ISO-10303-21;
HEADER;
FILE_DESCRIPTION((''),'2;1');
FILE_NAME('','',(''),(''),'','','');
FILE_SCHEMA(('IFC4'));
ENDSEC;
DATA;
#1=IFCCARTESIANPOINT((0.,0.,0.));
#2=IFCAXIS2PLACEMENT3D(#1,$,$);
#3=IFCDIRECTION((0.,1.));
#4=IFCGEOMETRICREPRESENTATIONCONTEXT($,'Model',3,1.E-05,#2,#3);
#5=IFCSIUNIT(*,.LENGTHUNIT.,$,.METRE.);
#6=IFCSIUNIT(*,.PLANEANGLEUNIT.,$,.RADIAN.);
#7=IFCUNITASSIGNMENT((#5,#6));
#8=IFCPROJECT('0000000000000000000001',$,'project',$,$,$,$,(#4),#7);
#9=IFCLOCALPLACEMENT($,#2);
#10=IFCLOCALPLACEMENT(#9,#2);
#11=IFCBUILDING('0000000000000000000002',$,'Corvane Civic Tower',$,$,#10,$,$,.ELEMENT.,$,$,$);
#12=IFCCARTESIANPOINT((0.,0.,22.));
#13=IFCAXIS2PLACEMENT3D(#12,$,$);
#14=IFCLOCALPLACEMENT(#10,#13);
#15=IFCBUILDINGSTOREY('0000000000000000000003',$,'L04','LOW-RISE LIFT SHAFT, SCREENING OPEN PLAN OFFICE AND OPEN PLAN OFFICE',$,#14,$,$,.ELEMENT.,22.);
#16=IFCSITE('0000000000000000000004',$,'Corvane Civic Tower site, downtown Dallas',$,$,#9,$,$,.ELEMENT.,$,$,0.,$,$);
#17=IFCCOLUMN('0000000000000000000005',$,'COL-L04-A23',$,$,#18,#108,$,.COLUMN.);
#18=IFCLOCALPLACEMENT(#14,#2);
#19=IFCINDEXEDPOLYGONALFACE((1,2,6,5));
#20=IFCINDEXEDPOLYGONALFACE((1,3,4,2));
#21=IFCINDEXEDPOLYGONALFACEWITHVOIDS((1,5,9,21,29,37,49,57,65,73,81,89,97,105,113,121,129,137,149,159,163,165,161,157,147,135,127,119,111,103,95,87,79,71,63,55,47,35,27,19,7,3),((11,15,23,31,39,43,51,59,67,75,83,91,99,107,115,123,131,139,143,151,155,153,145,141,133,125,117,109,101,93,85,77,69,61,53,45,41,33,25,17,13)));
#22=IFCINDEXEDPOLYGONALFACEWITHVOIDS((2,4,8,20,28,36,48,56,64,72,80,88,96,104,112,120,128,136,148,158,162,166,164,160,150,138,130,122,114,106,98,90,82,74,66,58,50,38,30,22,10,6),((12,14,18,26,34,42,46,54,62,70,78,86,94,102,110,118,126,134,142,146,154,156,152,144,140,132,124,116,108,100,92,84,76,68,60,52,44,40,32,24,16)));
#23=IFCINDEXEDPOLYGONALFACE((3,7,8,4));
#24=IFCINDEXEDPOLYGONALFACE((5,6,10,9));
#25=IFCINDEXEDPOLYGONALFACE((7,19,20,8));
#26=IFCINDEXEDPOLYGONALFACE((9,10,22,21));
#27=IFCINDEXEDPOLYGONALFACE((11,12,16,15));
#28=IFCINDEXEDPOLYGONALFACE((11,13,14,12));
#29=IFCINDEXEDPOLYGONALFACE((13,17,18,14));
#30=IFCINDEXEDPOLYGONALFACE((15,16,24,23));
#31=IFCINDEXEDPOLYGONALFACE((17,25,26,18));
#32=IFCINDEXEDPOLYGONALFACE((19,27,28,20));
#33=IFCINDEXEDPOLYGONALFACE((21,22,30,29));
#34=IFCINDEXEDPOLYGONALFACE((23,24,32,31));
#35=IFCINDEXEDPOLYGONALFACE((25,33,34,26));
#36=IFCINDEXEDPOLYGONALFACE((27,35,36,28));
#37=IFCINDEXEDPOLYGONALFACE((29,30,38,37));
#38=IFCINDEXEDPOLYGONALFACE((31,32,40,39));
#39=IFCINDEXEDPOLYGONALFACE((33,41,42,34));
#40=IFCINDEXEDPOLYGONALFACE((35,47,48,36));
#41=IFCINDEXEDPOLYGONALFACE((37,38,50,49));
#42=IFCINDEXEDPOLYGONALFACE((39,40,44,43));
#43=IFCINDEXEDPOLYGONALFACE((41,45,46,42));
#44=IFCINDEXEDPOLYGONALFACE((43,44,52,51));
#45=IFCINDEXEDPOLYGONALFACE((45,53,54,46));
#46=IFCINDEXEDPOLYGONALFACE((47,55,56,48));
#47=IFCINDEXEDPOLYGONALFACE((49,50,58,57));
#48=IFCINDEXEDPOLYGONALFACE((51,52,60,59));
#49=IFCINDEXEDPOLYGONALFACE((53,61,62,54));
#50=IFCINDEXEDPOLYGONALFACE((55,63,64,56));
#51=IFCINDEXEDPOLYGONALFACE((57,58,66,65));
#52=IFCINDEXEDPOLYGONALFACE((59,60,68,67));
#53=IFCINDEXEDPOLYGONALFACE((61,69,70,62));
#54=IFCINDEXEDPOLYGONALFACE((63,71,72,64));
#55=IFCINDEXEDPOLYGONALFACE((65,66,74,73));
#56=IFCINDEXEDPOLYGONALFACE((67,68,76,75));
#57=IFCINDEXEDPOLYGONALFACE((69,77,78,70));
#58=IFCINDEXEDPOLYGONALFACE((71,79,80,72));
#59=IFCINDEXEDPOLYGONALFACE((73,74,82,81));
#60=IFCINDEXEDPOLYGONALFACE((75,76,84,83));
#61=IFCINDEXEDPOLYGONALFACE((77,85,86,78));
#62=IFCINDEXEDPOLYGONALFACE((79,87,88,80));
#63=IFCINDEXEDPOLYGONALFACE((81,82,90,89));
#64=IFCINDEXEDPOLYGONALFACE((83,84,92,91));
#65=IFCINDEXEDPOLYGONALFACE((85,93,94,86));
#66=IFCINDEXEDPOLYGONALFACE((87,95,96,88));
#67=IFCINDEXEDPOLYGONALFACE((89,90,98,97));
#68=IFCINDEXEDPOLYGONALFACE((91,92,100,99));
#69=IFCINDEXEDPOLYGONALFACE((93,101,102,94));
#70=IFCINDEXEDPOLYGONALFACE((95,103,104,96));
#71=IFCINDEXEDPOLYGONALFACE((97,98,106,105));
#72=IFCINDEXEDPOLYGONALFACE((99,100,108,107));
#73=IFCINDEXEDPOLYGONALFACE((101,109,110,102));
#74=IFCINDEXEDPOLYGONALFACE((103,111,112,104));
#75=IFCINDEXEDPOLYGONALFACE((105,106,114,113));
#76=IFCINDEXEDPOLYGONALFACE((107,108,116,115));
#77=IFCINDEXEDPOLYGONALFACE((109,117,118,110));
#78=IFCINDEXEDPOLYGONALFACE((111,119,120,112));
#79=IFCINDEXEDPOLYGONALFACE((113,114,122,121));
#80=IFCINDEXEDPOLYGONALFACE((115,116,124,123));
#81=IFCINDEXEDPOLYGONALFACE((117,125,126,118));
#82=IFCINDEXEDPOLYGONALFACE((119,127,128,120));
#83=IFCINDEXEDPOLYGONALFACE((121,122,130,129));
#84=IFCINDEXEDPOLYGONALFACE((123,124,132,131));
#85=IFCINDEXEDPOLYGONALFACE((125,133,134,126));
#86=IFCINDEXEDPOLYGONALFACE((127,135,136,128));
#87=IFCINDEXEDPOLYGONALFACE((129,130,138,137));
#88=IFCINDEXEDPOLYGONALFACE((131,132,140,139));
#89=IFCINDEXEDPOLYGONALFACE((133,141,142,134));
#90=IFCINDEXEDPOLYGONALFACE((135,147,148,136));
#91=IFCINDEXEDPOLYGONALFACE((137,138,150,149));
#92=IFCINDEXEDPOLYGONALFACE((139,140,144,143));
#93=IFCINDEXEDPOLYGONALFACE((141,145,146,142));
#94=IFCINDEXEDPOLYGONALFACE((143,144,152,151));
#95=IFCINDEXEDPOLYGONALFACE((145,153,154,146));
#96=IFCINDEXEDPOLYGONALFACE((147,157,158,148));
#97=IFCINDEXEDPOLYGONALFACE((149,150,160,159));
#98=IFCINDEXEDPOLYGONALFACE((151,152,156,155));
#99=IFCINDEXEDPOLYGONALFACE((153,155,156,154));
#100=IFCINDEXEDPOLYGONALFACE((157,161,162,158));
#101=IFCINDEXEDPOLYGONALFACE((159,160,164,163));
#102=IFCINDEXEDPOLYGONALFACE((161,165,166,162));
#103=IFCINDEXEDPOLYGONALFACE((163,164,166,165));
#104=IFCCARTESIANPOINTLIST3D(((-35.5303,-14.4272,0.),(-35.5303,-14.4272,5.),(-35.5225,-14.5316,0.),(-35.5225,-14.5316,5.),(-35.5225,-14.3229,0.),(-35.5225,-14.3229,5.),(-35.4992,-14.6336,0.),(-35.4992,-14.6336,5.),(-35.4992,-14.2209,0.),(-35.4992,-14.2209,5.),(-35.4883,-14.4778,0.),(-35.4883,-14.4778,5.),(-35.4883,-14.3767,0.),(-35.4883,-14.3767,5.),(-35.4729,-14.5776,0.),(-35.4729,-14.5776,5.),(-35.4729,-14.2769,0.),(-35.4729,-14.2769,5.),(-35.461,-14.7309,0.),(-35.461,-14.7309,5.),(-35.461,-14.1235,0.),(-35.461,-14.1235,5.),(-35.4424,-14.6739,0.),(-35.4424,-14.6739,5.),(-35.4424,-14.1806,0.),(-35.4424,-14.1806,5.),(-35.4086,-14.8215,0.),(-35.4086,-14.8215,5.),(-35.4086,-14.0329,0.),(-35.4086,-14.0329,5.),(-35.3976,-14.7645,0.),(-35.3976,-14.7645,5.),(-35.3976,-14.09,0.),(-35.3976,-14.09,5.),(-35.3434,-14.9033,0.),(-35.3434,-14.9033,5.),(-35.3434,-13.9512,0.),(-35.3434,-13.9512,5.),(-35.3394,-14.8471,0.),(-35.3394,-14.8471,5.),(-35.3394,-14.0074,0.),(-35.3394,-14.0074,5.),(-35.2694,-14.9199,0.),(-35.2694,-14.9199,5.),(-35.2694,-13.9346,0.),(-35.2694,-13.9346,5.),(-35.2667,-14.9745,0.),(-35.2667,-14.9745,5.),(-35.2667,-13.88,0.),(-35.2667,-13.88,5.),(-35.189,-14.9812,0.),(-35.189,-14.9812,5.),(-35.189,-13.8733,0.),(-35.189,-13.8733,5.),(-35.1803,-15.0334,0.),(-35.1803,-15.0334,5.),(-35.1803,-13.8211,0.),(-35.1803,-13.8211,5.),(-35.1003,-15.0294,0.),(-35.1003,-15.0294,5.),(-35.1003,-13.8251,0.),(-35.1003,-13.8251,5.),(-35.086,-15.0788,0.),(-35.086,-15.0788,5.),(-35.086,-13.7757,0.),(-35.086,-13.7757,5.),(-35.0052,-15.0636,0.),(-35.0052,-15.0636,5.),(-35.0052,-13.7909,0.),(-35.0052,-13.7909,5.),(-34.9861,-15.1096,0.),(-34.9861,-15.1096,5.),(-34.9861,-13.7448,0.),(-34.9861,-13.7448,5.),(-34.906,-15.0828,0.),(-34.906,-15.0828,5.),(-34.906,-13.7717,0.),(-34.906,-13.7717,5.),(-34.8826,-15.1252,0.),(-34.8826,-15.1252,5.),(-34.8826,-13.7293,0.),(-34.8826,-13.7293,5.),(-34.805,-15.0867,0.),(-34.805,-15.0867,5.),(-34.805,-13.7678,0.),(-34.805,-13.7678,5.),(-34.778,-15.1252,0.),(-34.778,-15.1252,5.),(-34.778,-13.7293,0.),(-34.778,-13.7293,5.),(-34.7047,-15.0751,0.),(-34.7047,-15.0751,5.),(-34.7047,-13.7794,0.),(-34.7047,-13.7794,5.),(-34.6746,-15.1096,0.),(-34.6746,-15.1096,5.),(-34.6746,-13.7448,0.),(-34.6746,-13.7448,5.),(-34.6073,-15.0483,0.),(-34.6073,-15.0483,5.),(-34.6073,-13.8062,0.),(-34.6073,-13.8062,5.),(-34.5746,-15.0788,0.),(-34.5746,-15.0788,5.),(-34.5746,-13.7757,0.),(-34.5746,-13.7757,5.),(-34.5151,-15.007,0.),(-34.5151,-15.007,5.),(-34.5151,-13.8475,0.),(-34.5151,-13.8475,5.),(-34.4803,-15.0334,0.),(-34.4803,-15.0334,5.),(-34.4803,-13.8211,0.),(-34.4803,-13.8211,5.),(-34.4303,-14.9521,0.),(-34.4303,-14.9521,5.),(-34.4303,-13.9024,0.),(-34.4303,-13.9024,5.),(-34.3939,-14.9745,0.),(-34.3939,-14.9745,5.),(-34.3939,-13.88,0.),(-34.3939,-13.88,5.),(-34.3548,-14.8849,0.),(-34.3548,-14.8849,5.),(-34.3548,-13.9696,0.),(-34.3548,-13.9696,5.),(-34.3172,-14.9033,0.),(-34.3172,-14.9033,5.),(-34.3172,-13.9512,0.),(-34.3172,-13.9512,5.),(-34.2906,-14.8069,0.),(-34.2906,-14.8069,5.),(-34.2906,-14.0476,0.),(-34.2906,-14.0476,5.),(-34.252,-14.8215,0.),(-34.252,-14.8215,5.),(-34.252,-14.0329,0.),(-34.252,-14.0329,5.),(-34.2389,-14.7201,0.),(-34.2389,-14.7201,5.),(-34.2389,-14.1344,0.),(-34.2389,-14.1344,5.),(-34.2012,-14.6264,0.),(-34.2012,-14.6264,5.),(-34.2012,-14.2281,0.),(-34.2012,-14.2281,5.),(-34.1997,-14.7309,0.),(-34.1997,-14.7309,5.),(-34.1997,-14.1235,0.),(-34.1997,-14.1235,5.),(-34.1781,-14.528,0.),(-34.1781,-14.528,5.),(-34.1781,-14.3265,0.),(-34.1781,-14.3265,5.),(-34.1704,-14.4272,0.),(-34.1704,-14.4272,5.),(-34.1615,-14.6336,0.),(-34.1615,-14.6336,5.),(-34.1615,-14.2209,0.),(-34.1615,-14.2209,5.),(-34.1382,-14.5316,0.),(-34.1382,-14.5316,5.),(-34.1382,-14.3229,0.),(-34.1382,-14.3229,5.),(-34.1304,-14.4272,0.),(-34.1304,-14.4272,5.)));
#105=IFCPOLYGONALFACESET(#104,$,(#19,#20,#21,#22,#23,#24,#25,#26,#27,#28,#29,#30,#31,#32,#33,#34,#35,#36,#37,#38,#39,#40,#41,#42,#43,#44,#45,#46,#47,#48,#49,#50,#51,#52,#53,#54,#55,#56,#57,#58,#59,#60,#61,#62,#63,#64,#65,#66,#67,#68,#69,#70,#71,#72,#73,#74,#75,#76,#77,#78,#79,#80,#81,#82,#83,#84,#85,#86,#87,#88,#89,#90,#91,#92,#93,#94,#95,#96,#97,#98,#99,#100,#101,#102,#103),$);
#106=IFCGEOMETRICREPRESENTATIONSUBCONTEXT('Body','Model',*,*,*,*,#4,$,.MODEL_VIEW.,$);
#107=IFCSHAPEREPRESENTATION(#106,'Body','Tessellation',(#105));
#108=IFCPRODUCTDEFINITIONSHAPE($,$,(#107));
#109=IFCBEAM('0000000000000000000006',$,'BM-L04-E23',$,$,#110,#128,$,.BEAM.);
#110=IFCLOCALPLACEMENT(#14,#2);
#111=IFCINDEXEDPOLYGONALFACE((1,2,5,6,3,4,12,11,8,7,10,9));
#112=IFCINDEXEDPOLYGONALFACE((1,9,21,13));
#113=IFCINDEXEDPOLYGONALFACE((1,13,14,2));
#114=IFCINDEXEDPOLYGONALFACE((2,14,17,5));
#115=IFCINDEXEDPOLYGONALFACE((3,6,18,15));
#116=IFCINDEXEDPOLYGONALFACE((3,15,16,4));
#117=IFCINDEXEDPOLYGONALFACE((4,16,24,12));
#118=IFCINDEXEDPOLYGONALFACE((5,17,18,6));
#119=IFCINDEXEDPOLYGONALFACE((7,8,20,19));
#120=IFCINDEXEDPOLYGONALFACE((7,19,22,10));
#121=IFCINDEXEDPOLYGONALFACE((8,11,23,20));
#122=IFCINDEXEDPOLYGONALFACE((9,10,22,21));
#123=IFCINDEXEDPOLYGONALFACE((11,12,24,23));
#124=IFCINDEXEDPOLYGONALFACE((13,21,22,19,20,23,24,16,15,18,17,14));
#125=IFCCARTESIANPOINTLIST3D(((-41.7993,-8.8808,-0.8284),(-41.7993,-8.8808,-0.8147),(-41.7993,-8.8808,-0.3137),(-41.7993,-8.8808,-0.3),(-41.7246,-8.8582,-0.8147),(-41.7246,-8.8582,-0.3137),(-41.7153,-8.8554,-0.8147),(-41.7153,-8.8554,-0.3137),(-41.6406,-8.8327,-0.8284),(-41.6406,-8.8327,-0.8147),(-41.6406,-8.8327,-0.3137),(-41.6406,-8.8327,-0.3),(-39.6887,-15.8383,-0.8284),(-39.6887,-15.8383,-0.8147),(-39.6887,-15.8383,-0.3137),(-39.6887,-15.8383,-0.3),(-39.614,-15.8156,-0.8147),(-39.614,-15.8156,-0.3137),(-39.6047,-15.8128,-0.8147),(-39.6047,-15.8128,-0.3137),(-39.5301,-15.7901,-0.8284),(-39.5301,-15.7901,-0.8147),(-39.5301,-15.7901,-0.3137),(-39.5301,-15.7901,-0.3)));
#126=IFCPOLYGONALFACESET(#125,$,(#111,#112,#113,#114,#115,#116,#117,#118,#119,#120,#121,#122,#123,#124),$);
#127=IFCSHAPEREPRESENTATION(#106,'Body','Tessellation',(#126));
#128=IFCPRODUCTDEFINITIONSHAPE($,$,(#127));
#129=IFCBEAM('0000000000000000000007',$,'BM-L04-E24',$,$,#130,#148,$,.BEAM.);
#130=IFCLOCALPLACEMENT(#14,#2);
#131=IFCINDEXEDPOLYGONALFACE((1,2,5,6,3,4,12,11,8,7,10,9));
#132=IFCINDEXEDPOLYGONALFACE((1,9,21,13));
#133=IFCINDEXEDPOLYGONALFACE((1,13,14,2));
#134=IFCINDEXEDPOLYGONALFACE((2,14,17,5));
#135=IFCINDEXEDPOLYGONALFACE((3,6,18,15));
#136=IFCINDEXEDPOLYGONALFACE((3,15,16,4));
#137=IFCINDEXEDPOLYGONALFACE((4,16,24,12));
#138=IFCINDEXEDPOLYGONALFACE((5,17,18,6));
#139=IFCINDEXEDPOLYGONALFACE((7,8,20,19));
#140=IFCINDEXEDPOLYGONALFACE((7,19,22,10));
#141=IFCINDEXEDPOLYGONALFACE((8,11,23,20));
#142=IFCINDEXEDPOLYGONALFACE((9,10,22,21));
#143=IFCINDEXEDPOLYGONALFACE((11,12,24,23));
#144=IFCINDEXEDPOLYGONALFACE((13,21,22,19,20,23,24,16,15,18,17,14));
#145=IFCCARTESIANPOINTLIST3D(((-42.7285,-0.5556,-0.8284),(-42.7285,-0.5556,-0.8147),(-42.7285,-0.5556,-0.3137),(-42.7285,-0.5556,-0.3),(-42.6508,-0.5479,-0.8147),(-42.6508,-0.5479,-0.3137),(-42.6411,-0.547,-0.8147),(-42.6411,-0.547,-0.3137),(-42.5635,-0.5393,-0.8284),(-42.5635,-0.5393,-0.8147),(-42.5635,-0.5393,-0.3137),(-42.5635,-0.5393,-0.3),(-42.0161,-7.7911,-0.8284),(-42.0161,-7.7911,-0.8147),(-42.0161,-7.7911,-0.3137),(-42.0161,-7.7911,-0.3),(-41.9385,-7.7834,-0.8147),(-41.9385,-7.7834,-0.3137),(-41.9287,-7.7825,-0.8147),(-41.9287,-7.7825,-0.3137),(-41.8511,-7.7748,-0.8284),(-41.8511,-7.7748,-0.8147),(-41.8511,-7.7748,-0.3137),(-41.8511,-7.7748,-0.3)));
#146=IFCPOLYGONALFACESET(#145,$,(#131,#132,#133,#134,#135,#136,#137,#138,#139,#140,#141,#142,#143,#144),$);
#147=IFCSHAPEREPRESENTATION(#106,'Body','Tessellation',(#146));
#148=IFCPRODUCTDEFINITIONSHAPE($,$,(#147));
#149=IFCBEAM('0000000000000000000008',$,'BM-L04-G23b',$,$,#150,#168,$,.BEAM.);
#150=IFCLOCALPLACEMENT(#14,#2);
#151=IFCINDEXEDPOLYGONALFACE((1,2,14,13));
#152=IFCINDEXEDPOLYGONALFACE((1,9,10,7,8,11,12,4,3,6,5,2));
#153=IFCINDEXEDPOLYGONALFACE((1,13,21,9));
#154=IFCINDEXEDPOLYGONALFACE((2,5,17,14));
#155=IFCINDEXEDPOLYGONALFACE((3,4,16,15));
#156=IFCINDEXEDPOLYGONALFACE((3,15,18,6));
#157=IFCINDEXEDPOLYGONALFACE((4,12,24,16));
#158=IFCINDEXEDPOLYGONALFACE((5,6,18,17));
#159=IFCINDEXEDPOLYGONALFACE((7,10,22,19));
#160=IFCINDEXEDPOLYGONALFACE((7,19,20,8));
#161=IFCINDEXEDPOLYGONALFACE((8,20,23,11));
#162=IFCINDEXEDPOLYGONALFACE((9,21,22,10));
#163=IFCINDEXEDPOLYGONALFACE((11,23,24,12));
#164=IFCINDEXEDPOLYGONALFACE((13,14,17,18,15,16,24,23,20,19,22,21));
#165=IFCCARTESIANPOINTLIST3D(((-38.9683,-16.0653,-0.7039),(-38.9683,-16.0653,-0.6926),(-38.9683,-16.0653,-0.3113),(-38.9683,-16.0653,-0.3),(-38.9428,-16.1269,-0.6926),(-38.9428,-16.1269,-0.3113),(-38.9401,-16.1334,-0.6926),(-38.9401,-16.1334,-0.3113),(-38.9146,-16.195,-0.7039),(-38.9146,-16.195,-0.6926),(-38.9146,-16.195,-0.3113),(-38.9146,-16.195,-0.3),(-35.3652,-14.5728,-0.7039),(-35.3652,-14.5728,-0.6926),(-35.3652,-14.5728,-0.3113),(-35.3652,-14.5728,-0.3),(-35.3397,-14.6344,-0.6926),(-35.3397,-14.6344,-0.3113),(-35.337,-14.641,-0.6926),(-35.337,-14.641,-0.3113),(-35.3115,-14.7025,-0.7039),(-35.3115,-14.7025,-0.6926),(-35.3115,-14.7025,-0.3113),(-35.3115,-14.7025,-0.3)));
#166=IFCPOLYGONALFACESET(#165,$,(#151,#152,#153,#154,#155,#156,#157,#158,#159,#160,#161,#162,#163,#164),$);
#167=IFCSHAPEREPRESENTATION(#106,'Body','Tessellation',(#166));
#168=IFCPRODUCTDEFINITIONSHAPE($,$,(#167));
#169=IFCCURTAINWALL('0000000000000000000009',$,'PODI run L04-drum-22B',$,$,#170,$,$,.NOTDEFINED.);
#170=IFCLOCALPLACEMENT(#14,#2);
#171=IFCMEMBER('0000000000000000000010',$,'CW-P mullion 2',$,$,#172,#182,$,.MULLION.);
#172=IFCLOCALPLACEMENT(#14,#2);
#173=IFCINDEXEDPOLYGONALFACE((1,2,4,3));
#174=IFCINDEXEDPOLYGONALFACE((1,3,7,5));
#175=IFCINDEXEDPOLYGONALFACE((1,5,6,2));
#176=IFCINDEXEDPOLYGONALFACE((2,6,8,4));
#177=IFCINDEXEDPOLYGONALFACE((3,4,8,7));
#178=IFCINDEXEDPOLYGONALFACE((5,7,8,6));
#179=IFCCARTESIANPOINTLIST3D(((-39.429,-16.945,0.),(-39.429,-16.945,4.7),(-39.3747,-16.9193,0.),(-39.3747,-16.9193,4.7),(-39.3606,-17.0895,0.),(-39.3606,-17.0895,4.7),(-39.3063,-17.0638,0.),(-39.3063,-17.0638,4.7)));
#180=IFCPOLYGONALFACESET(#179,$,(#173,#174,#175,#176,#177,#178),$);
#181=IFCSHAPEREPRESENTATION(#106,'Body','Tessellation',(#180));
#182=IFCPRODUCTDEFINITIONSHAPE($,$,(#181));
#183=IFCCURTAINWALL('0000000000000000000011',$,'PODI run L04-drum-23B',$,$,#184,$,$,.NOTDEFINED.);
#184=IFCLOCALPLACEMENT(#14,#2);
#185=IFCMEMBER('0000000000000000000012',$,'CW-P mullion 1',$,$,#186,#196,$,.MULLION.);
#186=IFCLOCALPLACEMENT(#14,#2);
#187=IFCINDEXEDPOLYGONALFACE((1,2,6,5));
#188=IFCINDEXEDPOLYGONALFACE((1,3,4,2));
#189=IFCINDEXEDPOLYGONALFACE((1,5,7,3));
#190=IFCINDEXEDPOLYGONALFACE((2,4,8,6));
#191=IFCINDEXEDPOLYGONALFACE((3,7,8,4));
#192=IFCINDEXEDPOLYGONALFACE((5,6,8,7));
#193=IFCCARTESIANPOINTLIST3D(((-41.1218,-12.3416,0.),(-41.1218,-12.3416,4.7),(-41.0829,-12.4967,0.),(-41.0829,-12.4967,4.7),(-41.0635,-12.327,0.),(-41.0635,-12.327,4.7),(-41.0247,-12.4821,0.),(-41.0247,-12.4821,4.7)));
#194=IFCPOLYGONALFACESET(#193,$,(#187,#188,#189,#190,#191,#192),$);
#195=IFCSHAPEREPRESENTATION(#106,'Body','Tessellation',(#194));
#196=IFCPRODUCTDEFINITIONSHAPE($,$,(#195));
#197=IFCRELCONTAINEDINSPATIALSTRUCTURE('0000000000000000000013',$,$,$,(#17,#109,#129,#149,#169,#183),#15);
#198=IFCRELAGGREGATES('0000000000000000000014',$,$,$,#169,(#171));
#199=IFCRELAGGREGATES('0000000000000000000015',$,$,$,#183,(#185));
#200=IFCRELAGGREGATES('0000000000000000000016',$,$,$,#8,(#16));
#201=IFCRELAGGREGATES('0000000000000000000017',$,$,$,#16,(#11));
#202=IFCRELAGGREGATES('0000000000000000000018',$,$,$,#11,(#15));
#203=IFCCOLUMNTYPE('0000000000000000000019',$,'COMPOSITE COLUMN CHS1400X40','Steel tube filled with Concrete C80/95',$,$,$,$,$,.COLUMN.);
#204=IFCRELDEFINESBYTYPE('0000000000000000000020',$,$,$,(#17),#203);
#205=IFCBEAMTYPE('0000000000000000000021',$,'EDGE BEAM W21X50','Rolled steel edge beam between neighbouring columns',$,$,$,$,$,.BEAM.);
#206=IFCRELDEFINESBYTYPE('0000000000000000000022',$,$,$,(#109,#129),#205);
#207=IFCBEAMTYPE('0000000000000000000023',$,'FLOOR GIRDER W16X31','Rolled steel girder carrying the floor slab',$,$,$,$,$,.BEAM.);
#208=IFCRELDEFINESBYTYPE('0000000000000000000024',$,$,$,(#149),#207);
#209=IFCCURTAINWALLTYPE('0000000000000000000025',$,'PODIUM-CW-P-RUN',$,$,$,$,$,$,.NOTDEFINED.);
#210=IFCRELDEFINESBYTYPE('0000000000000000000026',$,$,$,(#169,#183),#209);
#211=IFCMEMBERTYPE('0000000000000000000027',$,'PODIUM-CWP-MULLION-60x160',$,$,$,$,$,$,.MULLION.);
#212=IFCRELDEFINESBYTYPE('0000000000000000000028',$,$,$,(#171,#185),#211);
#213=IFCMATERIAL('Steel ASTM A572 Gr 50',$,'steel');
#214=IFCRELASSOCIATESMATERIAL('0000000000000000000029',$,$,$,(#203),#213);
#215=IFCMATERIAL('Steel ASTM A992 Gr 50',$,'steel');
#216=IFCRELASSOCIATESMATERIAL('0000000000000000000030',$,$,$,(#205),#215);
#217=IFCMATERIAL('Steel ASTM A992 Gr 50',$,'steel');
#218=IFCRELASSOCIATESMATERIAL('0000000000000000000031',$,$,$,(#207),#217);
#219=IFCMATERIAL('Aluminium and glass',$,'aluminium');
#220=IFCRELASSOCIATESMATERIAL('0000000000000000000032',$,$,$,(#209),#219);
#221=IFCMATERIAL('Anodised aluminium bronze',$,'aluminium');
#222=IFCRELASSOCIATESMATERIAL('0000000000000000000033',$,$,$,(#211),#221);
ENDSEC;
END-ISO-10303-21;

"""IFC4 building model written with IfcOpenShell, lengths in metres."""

from ifc_helpers import new_model, si_unit, direction, frame, origin, origin_2d, place, context, subcontext, project, spatial, rectangle, hollow_circle, i_section, extrude, material, material_profile, profile_set, type_object, element, aggregate, save


model = new_model("IFC4")

# Units and contexts
model_context = context("Model", 3, precision=1e-05, world=origin(), true_north=direction((0.0, 1.0)))
body_context = subcontext(model_context, "Body", "Model", "MODEL_VIEW")
ifc_project = project(units=[si_unit("LENGTHUNIT", "METRE"), si_unit("PLANEANGLEUNIT", "RADIAN")], contexts=[model_context])

# Site, building, storey
site_placement = place(None, origin())
site = spatial("IfcSite", under=ifc_project, at=site_placement, Name="Corvane Civic Tower site, downtown Dallas", CompositionType="ELEMENT", RefElevation=0.0)
building_placement = place(site_placement, origin())
building = spatial("IfcBuilding", under=site, at=building_placement, Name="Corvane Civic Tower", CompositionType="ELEMENT")
storey_placement = place(building_placement, frame((0.0, 0.0, 22.0)))
storey = spatial("IfcBuildingStorey", under=building, at=storey_placement, Name="L04", Description="LOW-RISE LIFT SHAFT, SCREENING OPEN PLAN OFFICE AND OPEN PLAN OFFICE", CompositionType="ELEMENT", Elevation=22.0)

# Column
ifc_material_1 = material(Name="Steel ASTM A572 Gr 50", Category="steel")
ifc_material_profile_1 = material_profile(ifc_material_1, hollow_circle(Radius=0.7, WallThickness=0.04, at=origin_2d()), Name="CHS1400X40")
ifc_profile_set_1 = profile_set([ifc_material_profile_1], Name="Steel ASTM A572 Gr 50")
column_type_1 = type_object("IfcColumnType", Name="COMPOSITE COLUMN CHS1400X40", Description="Steel tube filled with Concrete C80/95", PredefinedType="COLUMN", material=ifc_profile_set_1)
column_placement = place(storey_placement, frame((-34.8303, -14.4272, 0.0), z_axis=(0.0, 0.0, 1.0), x_axis=(1.0, 0.0, 0.0)))
element("IfcColumn", 1, at=column_placement, inside=storey, type_object=column_type_1, Name="COL-L04-A23", PredefinedType="COLUMN", context=body_context, shape_type="SweptSolid", body=[
    extrude(hollow_circle(Radius=0.7, WallThickness=0.04, at=origin_2d()), origin(), (0.0, 0.0, 1.0), 5.0),
])

# Beams
ifc_material_2 = material(Name="Steel ASTM A992 Gr 50", Category="steel")
ifc_material_profile_2 = material_profile(ifc_material_2, i_section(OverallWidth=0.1658, OverallDepth=0.5283, WebThickness=0.0098, FlangeThickness=0.0137, at=origin_2d()), Name="W21X50")
ifc_profile_set_2 = profile_set([ifc_material_profile_2], Name="Steel ASTM A992 Gr 50")
beam_type_1 = type_object("IfcBeamType", Name="EDGE BEAM W21X50", Description="Rolled steel edge beam between neighbouring columns", PredefinedType="BEAM", material=ifc_profile_set_2)
for number, where, z_axis, x_axis, name in (
    (2, (-39.6094, -15.8142, -0.5642), (-0.290292, 0.956938, 0.0), (-0.956938, -0.290292, 0.0), "BM-L04-E23"),
    (3, (-41.9336, -7.783, -0.5642), (-0.097984, 0.995188, 0.0), (-0.995188, -0.097984, 0.0), "BM-L04-E24"),
):
    element("IfcBeam", number, at=place(storey_placement, frame(where, z_axis=z_axis, x_axis=x_axis)), inside=storey, type_object=beam_type_1, Name=name, PredefinedType="BEAM", context=body_context, shape_type="SweptSolid", body=[
        extrude(i_section(OverallWidth=0.1658, OverallDepth=0.5283, WebThickness=0.0098, FlangeThickness=0.0137, at=origin_2d()), origin(), (0.0, 0.0, 1.0), 7.2705),
    ])
ifc_material_3 = material(Name="Steel ASTM A992 Gr 50", Category="steel")
ifc_material_profile_3 = material_profile(ifc_material_3, i_section(OverallWidth=0.1404, OverallDepth=0.4038, WebThickness=0.0071, FlangeThickness=0.0112, at=origin_2d()), Name="W16X31")
ifc_profile_set_3 = profile_set([ifc_material_profile_3], Name="Steel ASTM A992 Gr 50")
beam_type_2 = type_object("IfcBeamType", Name="FLOOR GIRDER W16X31", Description="Rolled steel girder carrying the floor slab", PredefinedType="BEAM", material=ifc_profile_set_3)
beam_placement = place(storey_placement, frame((-35.3384, -14.6377, -0.502), z_axis=(-0.923879, -0.382685, 0.0), x_axis=(0.382685, -0.923879, 0.0)))
element("IfcBeam", 4, at=beam_placement, inside=storey, type_object=beam_type_2, Name="BM-L04-G23b", PredefinedType="BEAM", context=body_context, shape_type="SweptSolid", body=[
    extrude(i_section(OverallWidth=0.1404, OverallDepth=0.4038, WebThickness=0.0071, FlangeThickness=0.0112, at=origin_2d()), origin(), (0.0, 0.0, 1.0), 3.8999),
])

# Curtain wall, member
ifc_material_4 = material(Name="Aluminium and glass", Category="aluminium")
curtain_wall_type = type_object("IfcCurtainWallType", Name="PODIUM-CW-P-RUN", PredefinedType="NOTDEFINED", material=ifc_material_4)
curtain_wall_1_placement = place(storey_placement, origin())
curtain_wall_1 = element("IfcCurtainWall", 5, at=curtain_wall_1_placement, inside=storey, type_object=curtain_wall_type, Name="PODI run L04-drum-22B", PredefinedType="NOTDEFINED")
ifc_material_5 = material(Name="Anodised aluminium bronze", Category="aluminium")
ifc_material_profile_4 = material_profile(ifc_material_5, rectangle(XDim=0.0601, YDim=0.1599, at=origin_2d()), Name="AL 60x160")
ifc_profile_set_4 = profile_set([ifc_material_profile_4], Name="Anodised aluminium bronze")
member_type_1 = type_object("IfcMemberType", Name="PODIUM-CWP-MULLION-60x160", PredefinedType="MULLION", material=ifc_profile_set_4)
member_1_placement = place(storey_placement, frame((-39.3677, -17.0044, 0.0), z_axis=(0.0, 0.0, 1.0), x_axis=(-0.90399, -0.427553, 0.0)))
member_1 = element("IfcMember", 6, at=member_1_placement, type_object=member_type_1, Name="CW-P mullion 2", PredefinedType="MULLION", context=body_context, shape_type="SweptSolid", body=[
    extrude(rectangle(XDim=0.0601, YDim=0.1599, at=origin_2d()), origin(), (0.0, 0.0, 1.0), 4.7),
])

# Curtain wall, member
curtain_wall_2_placement = place(storey_placement, origin())
curtain_wall_2 = element("IfcCurtainWall", 7, at=curtain_wall_2_placement, inside=storey, type_object=curtain_wall_type, Name="PODI run L04-drum-23B", PredefinedType="NOTDEFINED")
member_2_placement = place(storey_placement, frame((-41.0732, -12.4119, 0.0), z_axis=(0.0, 0.0, 1.0), x_axis=(-0.970024, -0.243009, 0.0)))
member_2 = element("IfcMember", 8, at=member_2_placement, type_object=member_type_1, Name="CW-P mullion 1", PredefinedType="MULLION", context=body_context, shape_type="SweptSolid", body=[
    extrude(rectangle(XDim=0.0601, YDim=0.1599, at=origin_2d()), origin(), (0.0, 0.0, 1.0), 4.7),
])

aggregate(curtain_wall_1, [member_1])
aggregate(curtain_wall_2, [member_2])

save(model, "model.ifc")
